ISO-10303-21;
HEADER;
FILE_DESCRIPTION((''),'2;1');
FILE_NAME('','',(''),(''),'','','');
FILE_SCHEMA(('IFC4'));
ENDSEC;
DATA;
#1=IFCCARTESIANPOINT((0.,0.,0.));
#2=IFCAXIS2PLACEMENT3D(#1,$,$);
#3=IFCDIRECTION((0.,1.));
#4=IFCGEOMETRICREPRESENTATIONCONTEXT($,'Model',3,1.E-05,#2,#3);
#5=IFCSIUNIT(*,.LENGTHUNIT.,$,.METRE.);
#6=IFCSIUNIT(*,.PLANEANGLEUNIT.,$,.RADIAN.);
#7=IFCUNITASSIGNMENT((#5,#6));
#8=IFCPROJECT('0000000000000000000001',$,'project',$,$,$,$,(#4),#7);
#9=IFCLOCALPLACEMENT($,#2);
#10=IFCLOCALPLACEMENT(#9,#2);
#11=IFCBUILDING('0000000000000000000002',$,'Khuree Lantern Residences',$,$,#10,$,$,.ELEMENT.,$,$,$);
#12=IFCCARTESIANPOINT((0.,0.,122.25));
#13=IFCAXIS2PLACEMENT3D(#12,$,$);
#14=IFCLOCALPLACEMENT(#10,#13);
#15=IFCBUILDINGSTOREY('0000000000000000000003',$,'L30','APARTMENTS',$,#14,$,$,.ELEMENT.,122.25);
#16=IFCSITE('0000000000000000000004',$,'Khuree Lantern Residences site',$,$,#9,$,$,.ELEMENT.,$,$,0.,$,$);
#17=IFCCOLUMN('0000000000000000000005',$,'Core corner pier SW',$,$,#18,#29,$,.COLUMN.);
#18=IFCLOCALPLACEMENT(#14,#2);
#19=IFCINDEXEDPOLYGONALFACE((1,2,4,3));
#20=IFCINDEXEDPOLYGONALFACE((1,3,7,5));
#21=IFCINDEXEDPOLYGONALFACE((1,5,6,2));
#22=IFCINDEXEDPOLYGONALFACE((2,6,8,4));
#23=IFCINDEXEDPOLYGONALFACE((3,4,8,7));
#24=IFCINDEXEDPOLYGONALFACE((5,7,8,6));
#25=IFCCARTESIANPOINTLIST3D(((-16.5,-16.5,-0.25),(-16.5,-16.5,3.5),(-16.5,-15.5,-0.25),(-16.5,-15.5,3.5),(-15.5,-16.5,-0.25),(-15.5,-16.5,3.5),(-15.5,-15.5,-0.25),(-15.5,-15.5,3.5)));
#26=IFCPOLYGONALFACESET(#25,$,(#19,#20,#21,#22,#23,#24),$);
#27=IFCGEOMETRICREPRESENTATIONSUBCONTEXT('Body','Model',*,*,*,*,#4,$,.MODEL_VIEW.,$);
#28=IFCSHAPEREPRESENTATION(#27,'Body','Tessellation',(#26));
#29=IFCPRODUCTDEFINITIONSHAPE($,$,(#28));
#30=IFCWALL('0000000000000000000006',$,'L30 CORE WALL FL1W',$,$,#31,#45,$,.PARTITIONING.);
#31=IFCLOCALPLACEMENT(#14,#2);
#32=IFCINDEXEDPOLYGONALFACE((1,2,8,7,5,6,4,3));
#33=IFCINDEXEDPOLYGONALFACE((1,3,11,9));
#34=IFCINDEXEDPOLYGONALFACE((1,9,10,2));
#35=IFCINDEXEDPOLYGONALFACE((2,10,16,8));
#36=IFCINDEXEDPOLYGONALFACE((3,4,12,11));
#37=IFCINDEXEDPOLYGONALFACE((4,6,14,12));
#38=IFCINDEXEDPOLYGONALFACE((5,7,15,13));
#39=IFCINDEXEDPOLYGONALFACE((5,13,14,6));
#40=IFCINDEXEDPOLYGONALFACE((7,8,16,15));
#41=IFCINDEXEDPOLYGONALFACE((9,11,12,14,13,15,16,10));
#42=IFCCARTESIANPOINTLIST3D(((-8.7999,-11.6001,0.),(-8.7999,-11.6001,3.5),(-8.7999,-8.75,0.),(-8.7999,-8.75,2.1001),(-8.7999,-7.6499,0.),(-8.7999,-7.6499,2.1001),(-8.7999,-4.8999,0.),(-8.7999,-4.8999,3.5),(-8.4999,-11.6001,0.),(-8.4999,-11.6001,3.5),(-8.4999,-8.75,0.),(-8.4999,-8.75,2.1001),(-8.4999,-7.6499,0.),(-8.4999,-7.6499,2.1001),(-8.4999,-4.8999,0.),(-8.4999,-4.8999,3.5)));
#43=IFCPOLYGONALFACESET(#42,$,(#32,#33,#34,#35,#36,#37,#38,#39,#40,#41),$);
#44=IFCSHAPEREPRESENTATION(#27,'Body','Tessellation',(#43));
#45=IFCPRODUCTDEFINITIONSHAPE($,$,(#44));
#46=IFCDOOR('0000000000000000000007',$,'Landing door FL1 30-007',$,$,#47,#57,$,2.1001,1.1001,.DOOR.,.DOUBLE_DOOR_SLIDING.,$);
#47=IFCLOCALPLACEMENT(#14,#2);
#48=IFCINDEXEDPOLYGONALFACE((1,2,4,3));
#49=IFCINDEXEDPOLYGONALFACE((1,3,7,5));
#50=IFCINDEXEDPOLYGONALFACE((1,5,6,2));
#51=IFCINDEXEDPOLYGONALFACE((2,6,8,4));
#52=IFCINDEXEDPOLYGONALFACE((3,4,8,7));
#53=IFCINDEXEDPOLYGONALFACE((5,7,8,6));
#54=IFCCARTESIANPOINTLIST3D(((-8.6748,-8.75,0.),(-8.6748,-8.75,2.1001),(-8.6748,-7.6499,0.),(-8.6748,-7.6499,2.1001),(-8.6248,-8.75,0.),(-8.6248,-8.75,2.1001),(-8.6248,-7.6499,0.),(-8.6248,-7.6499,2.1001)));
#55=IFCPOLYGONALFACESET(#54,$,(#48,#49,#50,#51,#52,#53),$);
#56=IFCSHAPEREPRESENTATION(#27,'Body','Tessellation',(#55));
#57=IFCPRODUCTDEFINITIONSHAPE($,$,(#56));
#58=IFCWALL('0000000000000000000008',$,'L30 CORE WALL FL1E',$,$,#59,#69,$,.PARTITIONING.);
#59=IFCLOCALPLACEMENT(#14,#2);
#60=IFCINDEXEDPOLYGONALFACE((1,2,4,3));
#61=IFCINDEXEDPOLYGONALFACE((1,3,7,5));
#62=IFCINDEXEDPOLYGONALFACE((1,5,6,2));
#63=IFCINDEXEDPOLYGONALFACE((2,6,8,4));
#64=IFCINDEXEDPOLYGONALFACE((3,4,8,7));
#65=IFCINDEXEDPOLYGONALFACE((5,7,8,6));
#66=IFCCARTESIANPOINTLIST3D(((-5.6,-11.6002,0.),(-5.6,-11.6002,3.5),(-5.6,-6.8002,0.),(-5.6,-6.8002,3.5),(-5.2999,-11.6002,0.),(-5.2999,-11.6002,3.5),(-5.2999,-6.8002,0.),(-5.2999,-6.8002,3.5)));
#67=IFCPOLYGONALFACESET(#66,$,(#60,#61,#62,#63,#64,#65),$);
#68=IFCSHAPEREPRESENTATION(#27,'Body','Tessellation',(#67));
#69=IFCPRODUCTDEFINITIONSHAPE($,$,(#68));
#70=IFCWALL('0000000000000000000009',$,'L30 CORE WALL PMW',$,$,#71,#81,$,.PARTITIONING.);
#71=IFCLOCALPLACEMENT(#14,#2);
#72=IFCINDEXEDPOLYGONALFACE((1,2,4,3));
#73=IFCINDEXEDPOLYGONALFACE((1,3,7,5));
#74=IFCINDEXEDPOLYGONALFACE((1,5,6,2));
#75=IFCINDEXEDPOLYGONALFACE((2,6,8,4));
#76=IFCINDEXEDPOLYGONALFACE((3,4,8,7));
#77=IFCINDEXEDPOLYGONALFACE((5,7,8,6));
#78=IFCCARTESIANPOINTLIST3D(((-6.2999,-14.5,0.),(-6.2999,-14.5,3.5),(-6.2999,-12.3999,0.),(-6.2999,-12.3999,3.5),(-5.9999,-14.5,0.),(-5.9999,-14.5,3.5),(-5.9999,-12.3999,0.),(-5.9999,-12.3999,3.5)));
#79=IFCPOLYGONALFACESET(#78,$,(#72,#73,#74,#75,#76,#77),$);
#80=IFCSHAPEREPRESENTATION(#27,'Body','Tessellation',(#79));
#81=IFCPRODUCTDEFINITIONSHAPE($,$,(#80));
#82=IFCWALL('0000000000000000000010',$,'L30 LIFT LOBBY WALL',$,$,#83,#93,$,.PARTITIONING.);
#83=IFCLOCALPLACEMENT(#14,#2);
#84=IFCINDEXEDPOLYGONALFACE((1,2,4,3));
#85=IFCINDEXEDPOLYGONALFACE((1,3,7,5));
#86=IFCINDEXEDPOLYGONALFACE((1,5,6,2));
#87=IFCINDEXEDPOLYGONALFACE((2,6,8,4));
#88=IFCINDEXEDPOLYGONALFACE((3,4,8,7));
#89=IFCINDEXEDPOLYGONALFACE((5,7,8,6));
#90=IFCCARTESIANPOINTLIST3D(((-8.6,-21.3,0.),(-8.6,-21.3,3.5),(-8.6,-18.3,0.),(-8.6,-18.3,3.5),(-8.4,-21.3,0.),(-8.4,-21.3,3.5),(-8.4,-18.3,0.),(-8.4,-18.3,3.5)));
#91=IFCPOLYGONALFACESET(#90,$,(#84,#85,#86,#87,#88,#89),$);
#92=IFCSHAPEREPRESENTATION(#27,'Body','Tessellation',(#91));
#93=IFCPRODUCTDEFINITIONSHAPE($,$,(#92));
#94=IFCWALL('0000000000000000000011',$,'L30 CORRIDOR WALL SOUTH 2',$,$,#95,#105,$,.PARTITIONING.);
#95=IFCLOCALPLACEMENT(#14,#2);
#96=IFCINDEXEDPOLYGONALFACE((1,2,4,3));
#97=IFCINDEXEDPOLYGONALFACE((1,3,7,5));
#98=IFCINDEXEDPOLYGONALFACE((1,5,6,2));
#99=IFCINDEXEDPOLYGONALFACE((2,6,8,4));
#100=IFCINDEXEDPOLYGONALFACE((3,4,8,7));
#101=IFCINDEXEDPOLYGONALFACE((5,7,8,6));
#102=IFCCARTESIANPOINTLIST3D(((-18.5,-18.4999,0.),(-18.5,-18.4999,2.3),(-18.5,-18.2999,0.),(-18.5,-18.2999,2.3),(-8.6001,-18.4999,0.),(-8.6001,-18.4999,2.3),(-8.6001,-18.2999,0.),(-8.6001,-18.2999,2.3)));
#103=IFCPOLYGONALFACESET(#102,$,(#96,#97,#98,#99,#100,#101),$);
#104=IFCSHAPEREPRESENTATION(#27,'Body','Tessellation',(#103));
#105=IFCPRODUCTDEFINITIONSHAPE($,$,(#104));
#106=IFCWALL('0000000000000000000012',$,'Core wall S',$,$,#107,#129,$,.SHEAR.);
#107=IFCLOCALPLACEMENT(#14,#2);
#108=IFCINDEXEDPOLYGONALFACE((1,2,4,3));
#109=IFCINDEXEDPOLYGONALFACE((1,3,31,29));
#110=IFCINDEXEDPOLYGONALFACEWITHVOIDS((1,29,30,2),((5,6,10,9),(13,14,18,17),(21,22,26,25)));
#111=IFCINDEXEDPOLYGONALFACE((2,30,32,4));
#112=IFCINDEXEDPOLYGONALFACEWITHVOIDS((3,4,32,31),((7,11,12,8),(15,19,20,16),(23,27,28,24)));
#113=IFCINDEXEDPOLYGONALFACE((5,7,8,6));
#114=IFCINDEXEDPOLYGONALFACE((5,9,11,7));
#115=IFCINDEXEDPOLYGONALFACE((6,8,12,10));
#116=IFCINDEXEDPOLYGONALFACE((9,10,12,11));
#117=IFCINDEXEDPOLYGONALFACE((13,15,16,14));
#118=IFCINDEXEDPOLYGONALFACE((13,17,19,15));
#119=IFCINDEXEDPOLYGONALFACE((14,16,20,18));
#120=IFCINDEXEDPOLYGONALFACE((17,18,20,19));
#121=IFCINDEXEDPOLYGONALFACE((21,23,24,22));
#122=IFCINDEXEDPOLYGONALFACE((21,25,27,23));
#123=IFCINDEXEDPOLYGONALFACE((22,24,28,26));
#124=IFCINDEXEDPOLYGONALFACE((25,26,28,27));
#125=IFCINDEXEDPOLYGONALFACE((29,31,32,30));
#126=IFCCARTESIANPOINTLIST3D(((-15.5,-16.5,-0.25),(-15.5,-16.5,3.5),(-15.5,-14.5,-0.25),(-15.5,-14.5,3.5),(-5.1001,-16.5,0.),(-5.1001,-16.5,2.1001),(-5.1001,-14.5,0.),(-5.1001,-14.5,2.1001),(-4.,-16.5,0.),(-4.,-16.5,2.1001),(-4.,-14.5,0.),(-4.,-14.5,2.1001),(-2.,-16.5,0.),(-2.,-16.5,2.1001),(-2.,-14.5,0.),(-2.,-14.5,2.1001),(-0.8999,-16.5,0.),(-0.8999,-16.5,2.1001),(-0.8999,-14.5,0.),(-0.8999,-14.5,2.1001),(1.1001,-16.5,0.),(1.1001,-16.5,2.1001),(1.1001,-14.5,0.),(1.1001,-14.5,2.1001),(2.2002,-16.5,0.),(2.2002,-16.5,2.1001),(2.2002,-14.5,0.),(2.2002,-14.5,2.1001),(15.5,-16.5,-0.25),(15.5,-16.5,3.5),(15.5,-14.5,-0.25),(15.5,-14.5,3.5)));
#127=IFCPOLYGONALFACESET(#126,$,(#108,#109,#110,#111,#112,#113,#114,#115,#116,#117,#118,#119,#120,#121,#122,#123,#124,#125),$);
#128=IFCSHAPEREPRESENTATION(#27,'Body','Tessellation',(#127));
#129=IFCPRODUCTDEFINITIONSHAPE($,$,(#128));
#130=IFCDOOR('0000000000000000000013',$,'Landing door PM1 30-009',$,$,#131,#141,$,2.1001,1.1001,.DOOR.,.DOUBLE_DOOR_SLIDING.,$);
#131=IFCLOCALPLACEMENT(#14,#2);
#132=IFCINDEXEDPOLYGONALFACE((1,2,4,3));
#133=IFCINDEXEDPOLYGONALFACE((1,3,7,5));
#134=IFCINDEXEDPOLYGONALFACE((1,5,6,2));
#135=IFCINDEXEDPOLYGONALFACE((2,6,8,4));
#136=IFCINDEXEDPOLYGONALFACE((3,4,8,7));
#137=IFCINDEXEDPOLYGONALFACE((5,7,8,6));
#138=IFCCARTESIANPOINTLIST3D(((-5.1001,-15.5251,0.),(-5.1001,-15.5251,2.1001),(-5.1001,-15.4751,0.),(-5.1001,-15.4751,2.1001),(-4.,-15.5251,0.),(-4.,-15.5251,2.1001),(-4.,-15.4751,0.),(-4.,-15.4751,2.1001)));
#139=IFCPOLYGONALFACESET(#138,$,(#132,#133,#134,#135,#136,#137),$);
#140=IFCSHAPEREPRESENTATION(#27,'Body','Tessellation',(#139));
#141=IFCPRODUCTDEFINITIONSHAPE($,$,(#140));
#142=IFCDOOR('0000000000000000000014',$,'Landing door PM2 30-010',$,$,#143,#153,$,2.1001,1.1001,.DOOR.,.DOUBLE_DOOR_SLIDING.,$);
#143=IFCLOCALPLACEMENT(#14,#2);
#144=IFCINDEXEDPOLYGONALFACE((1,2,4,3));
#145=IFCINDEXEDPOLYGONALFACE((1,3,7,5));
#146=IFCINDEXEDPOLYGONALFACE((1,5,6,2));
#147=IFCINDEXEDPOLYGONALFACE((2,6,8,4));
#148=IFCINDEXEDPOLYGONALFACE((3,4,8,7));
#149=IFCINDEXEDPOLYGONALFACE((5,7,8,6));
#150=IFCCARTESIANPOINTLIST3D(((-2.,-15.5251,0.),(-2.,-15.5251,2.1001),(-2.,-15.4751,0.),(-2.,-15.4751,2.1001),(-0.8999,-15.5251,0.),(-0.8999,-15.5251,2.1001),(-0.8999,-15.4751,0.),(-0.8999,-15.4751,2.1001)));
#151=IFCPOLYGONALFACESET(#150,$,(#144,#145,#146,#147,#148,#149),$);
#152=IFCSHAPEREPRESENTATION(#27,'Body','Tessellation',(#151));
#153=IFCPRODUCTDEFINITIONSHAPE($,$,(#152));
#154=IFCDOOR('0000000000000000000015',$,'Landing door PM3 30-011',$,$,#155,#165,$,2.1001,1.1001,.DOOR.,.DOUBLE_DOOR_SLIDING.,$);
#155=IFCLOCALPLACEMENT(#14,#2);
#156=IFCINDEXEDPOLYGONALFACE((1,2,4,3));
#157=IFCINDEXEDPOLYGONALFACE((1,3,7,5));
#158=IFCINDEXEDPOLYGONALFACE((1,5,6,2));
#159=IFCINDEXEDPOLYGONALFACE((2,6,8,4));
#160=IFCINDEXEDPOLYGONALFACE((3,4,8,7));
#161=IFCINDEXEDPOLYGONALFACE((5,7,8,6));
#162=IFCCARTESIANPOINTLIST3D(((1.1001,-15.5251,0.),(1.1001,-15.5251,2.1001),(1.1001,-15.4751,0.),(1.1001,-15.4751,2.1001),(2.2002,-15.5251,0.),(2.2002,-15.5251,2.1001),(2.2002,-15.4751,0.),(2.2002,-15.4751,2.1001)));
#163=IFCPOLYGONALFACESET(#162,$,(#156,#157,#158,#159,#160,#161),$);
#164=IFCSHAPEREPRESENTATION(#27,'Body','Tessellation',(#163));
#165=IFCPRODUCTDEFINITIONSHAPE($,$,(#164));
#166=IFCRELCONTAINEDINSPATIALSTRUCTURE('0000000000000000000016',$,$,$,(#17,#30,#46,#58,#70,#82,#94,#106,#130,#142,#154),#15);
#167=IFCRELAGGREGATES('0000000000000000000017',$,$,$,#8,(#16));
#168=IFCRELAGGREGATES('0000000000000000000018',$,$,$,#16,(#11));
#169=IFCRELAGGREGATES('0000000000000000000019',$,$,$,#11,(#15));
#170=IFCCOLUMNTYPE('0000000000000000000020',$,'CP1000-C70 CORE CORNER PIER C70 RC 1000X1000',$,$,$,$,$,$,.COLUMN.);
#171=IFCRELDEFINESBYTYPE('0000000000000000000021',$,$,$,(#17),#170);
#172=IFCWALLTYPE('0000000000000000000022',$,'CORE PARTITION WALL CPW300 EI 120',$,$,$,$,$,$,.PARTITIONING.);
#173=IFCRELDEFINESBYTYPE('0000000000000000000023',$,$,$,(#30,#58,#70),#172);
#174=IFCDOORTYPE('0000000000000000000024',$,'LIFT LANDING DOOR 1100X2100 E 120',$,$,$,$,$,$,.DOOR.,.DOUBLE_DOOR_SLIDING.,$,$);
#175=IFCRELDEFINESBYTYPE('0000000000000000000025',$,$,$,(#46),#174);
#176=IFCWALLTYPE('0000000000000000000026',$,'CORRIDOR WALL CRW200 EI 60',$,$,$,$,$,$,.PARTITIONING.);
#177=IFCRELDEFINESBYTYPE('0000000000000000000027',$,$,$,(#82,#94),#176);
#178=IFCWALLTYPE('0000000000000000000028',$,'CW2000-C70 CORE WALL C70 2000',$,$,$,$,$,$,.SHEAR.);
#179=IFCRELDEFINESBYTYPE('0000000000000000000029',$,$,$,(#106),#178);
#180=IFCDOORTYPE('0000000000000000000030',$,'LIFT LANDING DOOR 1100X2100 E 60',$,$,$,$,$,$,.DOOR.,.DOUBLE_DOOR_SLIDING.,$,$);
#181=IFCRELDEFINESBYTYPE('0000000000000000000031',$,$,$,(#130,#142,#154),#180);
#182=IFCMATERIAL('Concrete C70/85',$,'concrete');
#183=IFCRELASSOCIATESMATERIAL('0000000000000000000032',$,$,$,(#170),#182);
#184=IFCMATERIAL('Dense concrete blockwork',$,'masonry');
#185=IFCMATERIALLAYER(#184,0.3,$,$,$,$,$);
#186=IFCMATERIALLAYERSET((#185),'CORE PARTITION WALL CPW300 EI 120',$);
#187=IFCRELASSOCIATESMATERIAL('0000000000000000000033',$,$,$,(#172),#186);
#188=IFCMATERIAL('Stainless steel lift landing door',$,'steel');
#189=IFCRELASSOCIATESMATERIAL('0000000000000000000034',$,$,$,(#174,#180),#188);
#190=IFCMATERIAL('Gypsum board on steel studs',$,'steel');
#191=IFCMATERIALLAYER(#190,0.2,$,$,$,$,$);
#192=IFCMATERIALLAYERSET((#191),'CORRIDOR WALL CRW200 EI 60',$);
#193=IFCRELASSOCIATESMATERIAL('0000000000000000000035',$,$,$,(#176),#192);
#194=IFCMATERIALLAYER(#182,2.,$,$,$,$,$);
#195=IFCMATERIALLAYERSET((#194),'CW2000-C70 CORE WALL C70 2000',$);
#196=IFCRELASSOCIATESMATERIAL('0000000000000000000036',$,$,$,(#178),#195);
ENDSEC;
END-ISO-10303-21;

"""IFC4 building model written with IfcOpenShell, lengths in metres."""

from ifc_helpers import new_model, si_unit, direction, frame, frame_2d, origin, origin_2d, place, context, subcontext, project, spatial, rectangle, extrude, material, layer, layer_set, material_profile, profile_set, type_object, element, fill, save


model = new_model("IFC4")

# Units and contexts
model_context = context("Model", 3, precision=1e-05, world=origin(), true_north=direction((0.0, 1.0)))
body_context = subcontext(model_context, "Body", "Model", "MODEL_VIEW")
ifc_project = project(units=[si_unit("LENGTHUNIT", "METRE"), si_unit("PLANEANGLEUNIT", "RADIAN")], contexts=[model_context])

# Site, building, storey
site_placement = place(None, origin())
site = spatial("IfcSite", under=ifc_project, at=site_placement, Name="Khuree Lantern Residences site", CompositionType="ELEMENT", RefElevation=0.0)
building_placement = place(site_placement, origin())
building = spatial("IfcBuilding", under=site, at=building_placement, Name="Khuree Lantern Residences", CompositionType="ELEMENT")
storey_placement = place(building_placement, frame((0.0, 0.0, 122.25)))
storey = spatial("IfcBuildingStorey", under=building, at=storey_placement, Name="L30", Description="APARTMENTS", CompositionType="ELEMENT", Elevation=122.25)

# Column
ifc_material_1 = material(Name="Concrete C70/85", Category="concrete")
ifc_material_profile = material_profile(ifc_material_1, rectangle(XDim=1.0, YDim=1.0, at=origin_2d()), Name="RC 1000X1000")
ifc_profile_set = profile_set([ifc_material_profile], Name="Concrete C70/85")
column_type = type_object("IfcColumnType", Name="CP1000-C70 CORE CORNER PIER C70 RC 1000X1000", PredefinedType="COLUMN", material=ifc_profile_set)
column_placement = place(storey_placement, frame((-16.0, -16.0, -0.25), z_axis=(0.0, 0.0, 1.0), x_axis=(1.0, 0.0, 0.0)))
element("IfcColumn", 1, at=column_placement, inside=storey, type_object=column_type, Name="Core corner pier SW", PredefinedType="COLUMN", context=body_context, shape_type="SweptSolid", body=[
    extrude(rectangle(XDim=1.0, YDim=1.0, at=origin_2d()), origin(), (0.0, 0.0, 1.0), 3.75),
])

# Wall, opening, door
ifc_material_2 = material(Name="Dense concrete blockwork", Category="masonry")
ifc_layer_1 = layer(ifc_material_2, 0.3)
ifc_layer_set_1 = layer_set([ifc_layer_1], Name="CORE PARTITION WALL CPW300 EI 120")
wall_type_1 = type_object("IfcWallType", Name="CORE PARTITION WALL CPW300 EI 120", PredefinedType="PARTITIONING", material=ifc_layer_set_1)
wall_1_placement = place(storey_placement, frame((-8.6499, -11.6001, 0.0), z_axis=(0.0, 0.0, 1.0), x_axis=(0.0, 1.0, 0.0)))
wall_1 = element("IfcWall", 2, at=wall_1_placement, inside=storey, type_object=wall_type_1, Name="L30 CORE WALL FL1W", PredefinedType="PARTITIONING", context=body_context, shape_type="SweptSolid", body=[
    extrude(rectangle(XDim=6.7002, YDim=0.3, at=frame_2d((3.3501, 0.0))), origin(), (0.0, 0.0, 1.0), 3.5),
])
opening_1_placement = place(wall_1_placement, frame((2.8501, 0.0, 0.0)))
opening_1 = element("IfcOpeningElement", 3, at=opening_1_placement, cuts=wall_1, PredefinedType="OPENING", context=body_context, shape_type="SweptSolid", body=[
    extrude(rectangle(XDim=1.1001, YDim=2.1001, at=frame_2d((0.55, 1.05))), frame((0.0, 0.1602, 0.0), z_axis=(0.0, -1.0, 0.0), x_axis=(1.0, 0.0, 0.0)), (0.0, 0.0, 1.0), 0.3201),
])
ifc_material_3 = material(Name="Stainless steel lift landing door", Category="steel")
door_type_1 = type_object("IfcDoorType", Name="LIFT LANDING DOOR 1100X2100 E 120", OperationType="DOUBLE_DOOR_SLIDING", PredefinedType="DOOR", material=ifc_material_3)
door_1_placement = place(opening_1_placement, origin())
door_1 = element("IfcDoor", 4, at=door_1_placement, inside=storey, type_object=door_type_1, Name="Landing door FL1 30-007", OperationType="DOUBLE_DOOR_SLIDING", OverallHeight=2.1001, OverallWidth=1.1001, PredefinedType="DOOR", context=body_context, shape_type="SweptSolid", body=[
    extrude(rectangle(XDim=1.1001, YDim=2.1001, at=frame_2d((0.55, 1.05))), frame((0.0, 0.0249, 0.0), z_axis=(0.0, -1.0, 0.0), x_axis=(1.0, 0.0, 0.0)), (0.0, 0.0, 1.0), 0.05),
])
fill(opening_1, door_1)

# Walls
wall_2_placement = place(storey_placement, frame((-5.45, -11.6001, 0.0), z_axis=(0.0, 0.0, 1.0), x_axis=(0.0, 1.0, 0.0)))
element("IfcWall", 5, at=wall_2_placement, inside=storey, type_object=wall_type_1, Name="L30 CORE WALL FL1E", PredefinedType="PARTITIONING", context=body_context, shape_type="SweptSolid", body=[
    extrude(rectangle(XDim=4.8, YDim=0.3, at=frame_2d((2.3999, 0.0))), origin(), (0.0, 0.0, 1.0), 3.5),
])
wall_3_placement = place(storey_placement, frame((-6.1499, -14.5, 0.0), z_axis=(0.0, 0.0, 1.0), x_axis=(0.0, 1.0, 0.0)))
element("IfcWall", 6, at=wall_3_placement, inside=storey, type_object=wall_type_1, Name="L30 CORE WALL PMW", PredefinedType="PARTITIONING", context=body_context, shape_type="SweptSolid", body=[
    extrude(rectangle(XDim=2.1001, YDim=0.3, at=frame_2d((1.05, 0.0))), origin(), (0.0, 0.0, 1.0), 3.5),
])
ifc_material_4 = material(Name="Gypsum board on steel studs", Category="steel")
ifc_layer_2 = layer(ifc_material_4, 0.2)
ifc_layer_set_2 = layer_set([ifc_layer_2], Name="CORRIDOR WALL CRW200 EI 60")
wall_type_2 = type_object("IfcWallType", Name="CORRIDOR WALL CRW200 EI 60", PredefinedType="PARTITIONING", material=ifc_layer_set_2)
wall_4_placement = place(storey_placement, frame((-8.5, -18.3, 0.0), z_axis=(0.0, 0.0, 1.0), x_axis=(0.0, -1.0, 0.0)))
element("IfcWall", 7, at=wall_4_placement, inside=storey, type_object=wall_type_2, Name="L30 LIFT LOBBY WALL", PredefinedType="PARTITIONING", context=body_context, shape_type="SweptSolid", body=[
    extrude(rectangle(XDim=3.0, YDim=0.2, at=frame_2d((1.5, 0.0))), origin(), (0.0, 0.0, 1.0), 3.5),
])
wall_5_placement = place(storey_placement, frame((-8.6001, -18.3999, 0.0), z_axis=(0.0, 0.0, 1.0), x_axis=(-1.0, 0.0, 0.0)))
element("IfcWall", 8, at=wall_5_placement, inside=storey, type_object=wall_type_2, Name="L30 CORRIDOR WALL SOUTH 2", PredefinedType="PARTITIONING", context=body_context, shape_type="SweptSolid", body=[
    extrude(rectangle(XDim=9.8999, YDim=0.2, at=frame_2d((4.95, 0.0))), origin(), (0.0, 0.0, 1.0), 2.3),
])

# Wall, openings, doors
ifc_layer_3 = layer(ifc_material_1, 2.0)
ifc_layer_set_3 = layer_set([ifc_layer_3], Name="CW2000-C70 CORE WALL C70 2000")
wall_type_3 = type_object("IfcWallType", Name="CW2000-C70 CORE WALL C70 2000", PredefinedType="SHEAR", material=ifc_layer_set_3)
wall_6_placement = place(storey_placement, frame((-15.5, -15.5, -0.25), z_axis=(0.0, 0.0, 1.0), x_axis=(1.0, 0.0, 0.0)))
wall_6 = element("IfcWall", 9, at=wall_6_placement, inside=storey, type_object=wall_type_3, Name="Core wall S", PredefinedType="SHEAR", context=body_context, shape_type="SweptSolid", body=[
    extrude(rectangle(XDim=31.0, YDim=2.0, at=frame_2d((15.5, 0.0))), origin(), (0.0, 0.0, 1.0), 3.75),
])
opening_2_placement = place(wall_6_placement, frame((10.3999, 0.0, 0.25)))
opening_2 = element("IfcOpeningElement", 10, at=opening_2_placement, cuts=wall_6, PredefinedType="OPENING", context=body_context, shape_type="SweptSolid", body=[
    extrude(rectangle(XDim=1.1001, YDim=2.1001, at=frame_2d((0.55, 1.05))), frame((0.0, 1.01, 0.0), z_axis=(0.0, -1.0, 0.0), x_axis=(1.0, 0.0, 0.0)), (0.0, 0.0, 1.0), 2.02),
])
opening_3_placement = place(wall_6_placement, frame((13.5, 0.0, 0.25)))
opening_3 = element("IfcOpeningElement", 11, at=opening_3_placement, cuts=wall_6, PredefinedType="OPENING", context=body_context, shape_type="SweptSolid", body=[
    extrude(rectangle(XDim=1.1001, YDim=2.1001, at=frame_2d((0.55, 1.05))), frame((0.0, 1.01, 0.0), z_axis=(0.0, -1.0, 0.0), x_axis=(1.0, 0.0, 0.0)), (0.0, 0.0, 1.0), 2.02),
])
opening_4_placement = place(wall_6_placement, frame((16.6001, 0.0, 0.25)))
opening_4 = element("IfcOpeningElement", 12, at=opening_4_placement, cuts=wall_6, PredefinedType="OPENING", context=body_context, shape_type="SweptSolid", body=[
    extrude(rectangle(XDim=1.1001, YDim=2.1001, at=frame_2d((0.55, 1.05))), frame((0.0, 1.01, 0.0), z_axis=(0.0, -1.0, 0.0), x_axis=(1.0, 0.0, 0.0)), (0.0, 0.0, 1.0), 2.02),
])
door_type_2 = type_object("IfcDoorType", Name="LIFT LANDING DOOR 1100X2100 E 60", OperationType="DOUBLE_DOOR_SLIDING", PredefinedType="DOOR", material=ifc_material_3)
door_2_placement = place(opening_2_placement, origin())
door_2 = element("IfcDoor", 13, at=door_2_placement, inside=storey, type_object=door_type_2, Name="Landing door PM1 30-009", OperationType="DOUBLE_DOOR_SLIDING", OverallHeight=2.1001, OverallWidth=1.1001, PredefinedType="DOOR", context=body_context, shape_type="SweptSolid", body=[
    extrude(rectangle(XDim=1.1001, YDim=2.1001, at=frame_2d((0.55, 1.05))), frame((0.0, 0.0249, 0.0), z_axis=(0.0, -1.0, 0.0), x_axis=(1.0, 0.0, 0.0)), (0.0, 0.0, 1.0), 0.05),
])
fill(opening_2, door_2)
door_3_placement = place(opening_3_placement, origin())
door_3 = element("IfcDoor", 14, at=door_3_placement, inside=storey, type_object=door_type_2, Name="Landing door PM2 30-010", OperationType="DOUBLE_DOOR_SLIDING", OverallHeight=2.1001, OverallWidth=1.1001, PredefinedType="DOOR", context=body_context, shape_type="SweptSolid", body=[
    extrude(rectangle(XDim=1.1001, YDim=2.1001, at=frame_2d((0.55, 1.05))), frame((0.0, 0.0249, 0.0), z_axis=(0.0, -1.0, 0.0), x_axis=(1.0, 0.0, 0.0)), (0.0, 0.0, 1.0), 0.05),
])
fill(opening_3, door_3)
door_4_placement = place(opening_4_placement, origin())
door_4 = element("IfcDoor", 15, at=door_4_placement, inside=storey, type_object=door_type_2, Name="Landing door PM3 30-011", OperationType="DOUBLE_DOOR_SLIDING", OverallHeight=2.1001, OverallWidth=1.1001, PredefinedType="DOOR", context=body_context, shape_type="SweptSolid", body=[
    extrude(rectangle(XDim=1.1001, YDim=2.1001, at=frame_2d((0.55, 1.05))), frame((0.0, 0.0249, 0.0), z_axis=(0.0, -1.0, 0.0), x_axis=(1.0, 0.0, 0.0)), (0.0, 0.0, 1.0), 0.05),
])
fill(opening_4, door_4)

save(model, "model.ifc")
